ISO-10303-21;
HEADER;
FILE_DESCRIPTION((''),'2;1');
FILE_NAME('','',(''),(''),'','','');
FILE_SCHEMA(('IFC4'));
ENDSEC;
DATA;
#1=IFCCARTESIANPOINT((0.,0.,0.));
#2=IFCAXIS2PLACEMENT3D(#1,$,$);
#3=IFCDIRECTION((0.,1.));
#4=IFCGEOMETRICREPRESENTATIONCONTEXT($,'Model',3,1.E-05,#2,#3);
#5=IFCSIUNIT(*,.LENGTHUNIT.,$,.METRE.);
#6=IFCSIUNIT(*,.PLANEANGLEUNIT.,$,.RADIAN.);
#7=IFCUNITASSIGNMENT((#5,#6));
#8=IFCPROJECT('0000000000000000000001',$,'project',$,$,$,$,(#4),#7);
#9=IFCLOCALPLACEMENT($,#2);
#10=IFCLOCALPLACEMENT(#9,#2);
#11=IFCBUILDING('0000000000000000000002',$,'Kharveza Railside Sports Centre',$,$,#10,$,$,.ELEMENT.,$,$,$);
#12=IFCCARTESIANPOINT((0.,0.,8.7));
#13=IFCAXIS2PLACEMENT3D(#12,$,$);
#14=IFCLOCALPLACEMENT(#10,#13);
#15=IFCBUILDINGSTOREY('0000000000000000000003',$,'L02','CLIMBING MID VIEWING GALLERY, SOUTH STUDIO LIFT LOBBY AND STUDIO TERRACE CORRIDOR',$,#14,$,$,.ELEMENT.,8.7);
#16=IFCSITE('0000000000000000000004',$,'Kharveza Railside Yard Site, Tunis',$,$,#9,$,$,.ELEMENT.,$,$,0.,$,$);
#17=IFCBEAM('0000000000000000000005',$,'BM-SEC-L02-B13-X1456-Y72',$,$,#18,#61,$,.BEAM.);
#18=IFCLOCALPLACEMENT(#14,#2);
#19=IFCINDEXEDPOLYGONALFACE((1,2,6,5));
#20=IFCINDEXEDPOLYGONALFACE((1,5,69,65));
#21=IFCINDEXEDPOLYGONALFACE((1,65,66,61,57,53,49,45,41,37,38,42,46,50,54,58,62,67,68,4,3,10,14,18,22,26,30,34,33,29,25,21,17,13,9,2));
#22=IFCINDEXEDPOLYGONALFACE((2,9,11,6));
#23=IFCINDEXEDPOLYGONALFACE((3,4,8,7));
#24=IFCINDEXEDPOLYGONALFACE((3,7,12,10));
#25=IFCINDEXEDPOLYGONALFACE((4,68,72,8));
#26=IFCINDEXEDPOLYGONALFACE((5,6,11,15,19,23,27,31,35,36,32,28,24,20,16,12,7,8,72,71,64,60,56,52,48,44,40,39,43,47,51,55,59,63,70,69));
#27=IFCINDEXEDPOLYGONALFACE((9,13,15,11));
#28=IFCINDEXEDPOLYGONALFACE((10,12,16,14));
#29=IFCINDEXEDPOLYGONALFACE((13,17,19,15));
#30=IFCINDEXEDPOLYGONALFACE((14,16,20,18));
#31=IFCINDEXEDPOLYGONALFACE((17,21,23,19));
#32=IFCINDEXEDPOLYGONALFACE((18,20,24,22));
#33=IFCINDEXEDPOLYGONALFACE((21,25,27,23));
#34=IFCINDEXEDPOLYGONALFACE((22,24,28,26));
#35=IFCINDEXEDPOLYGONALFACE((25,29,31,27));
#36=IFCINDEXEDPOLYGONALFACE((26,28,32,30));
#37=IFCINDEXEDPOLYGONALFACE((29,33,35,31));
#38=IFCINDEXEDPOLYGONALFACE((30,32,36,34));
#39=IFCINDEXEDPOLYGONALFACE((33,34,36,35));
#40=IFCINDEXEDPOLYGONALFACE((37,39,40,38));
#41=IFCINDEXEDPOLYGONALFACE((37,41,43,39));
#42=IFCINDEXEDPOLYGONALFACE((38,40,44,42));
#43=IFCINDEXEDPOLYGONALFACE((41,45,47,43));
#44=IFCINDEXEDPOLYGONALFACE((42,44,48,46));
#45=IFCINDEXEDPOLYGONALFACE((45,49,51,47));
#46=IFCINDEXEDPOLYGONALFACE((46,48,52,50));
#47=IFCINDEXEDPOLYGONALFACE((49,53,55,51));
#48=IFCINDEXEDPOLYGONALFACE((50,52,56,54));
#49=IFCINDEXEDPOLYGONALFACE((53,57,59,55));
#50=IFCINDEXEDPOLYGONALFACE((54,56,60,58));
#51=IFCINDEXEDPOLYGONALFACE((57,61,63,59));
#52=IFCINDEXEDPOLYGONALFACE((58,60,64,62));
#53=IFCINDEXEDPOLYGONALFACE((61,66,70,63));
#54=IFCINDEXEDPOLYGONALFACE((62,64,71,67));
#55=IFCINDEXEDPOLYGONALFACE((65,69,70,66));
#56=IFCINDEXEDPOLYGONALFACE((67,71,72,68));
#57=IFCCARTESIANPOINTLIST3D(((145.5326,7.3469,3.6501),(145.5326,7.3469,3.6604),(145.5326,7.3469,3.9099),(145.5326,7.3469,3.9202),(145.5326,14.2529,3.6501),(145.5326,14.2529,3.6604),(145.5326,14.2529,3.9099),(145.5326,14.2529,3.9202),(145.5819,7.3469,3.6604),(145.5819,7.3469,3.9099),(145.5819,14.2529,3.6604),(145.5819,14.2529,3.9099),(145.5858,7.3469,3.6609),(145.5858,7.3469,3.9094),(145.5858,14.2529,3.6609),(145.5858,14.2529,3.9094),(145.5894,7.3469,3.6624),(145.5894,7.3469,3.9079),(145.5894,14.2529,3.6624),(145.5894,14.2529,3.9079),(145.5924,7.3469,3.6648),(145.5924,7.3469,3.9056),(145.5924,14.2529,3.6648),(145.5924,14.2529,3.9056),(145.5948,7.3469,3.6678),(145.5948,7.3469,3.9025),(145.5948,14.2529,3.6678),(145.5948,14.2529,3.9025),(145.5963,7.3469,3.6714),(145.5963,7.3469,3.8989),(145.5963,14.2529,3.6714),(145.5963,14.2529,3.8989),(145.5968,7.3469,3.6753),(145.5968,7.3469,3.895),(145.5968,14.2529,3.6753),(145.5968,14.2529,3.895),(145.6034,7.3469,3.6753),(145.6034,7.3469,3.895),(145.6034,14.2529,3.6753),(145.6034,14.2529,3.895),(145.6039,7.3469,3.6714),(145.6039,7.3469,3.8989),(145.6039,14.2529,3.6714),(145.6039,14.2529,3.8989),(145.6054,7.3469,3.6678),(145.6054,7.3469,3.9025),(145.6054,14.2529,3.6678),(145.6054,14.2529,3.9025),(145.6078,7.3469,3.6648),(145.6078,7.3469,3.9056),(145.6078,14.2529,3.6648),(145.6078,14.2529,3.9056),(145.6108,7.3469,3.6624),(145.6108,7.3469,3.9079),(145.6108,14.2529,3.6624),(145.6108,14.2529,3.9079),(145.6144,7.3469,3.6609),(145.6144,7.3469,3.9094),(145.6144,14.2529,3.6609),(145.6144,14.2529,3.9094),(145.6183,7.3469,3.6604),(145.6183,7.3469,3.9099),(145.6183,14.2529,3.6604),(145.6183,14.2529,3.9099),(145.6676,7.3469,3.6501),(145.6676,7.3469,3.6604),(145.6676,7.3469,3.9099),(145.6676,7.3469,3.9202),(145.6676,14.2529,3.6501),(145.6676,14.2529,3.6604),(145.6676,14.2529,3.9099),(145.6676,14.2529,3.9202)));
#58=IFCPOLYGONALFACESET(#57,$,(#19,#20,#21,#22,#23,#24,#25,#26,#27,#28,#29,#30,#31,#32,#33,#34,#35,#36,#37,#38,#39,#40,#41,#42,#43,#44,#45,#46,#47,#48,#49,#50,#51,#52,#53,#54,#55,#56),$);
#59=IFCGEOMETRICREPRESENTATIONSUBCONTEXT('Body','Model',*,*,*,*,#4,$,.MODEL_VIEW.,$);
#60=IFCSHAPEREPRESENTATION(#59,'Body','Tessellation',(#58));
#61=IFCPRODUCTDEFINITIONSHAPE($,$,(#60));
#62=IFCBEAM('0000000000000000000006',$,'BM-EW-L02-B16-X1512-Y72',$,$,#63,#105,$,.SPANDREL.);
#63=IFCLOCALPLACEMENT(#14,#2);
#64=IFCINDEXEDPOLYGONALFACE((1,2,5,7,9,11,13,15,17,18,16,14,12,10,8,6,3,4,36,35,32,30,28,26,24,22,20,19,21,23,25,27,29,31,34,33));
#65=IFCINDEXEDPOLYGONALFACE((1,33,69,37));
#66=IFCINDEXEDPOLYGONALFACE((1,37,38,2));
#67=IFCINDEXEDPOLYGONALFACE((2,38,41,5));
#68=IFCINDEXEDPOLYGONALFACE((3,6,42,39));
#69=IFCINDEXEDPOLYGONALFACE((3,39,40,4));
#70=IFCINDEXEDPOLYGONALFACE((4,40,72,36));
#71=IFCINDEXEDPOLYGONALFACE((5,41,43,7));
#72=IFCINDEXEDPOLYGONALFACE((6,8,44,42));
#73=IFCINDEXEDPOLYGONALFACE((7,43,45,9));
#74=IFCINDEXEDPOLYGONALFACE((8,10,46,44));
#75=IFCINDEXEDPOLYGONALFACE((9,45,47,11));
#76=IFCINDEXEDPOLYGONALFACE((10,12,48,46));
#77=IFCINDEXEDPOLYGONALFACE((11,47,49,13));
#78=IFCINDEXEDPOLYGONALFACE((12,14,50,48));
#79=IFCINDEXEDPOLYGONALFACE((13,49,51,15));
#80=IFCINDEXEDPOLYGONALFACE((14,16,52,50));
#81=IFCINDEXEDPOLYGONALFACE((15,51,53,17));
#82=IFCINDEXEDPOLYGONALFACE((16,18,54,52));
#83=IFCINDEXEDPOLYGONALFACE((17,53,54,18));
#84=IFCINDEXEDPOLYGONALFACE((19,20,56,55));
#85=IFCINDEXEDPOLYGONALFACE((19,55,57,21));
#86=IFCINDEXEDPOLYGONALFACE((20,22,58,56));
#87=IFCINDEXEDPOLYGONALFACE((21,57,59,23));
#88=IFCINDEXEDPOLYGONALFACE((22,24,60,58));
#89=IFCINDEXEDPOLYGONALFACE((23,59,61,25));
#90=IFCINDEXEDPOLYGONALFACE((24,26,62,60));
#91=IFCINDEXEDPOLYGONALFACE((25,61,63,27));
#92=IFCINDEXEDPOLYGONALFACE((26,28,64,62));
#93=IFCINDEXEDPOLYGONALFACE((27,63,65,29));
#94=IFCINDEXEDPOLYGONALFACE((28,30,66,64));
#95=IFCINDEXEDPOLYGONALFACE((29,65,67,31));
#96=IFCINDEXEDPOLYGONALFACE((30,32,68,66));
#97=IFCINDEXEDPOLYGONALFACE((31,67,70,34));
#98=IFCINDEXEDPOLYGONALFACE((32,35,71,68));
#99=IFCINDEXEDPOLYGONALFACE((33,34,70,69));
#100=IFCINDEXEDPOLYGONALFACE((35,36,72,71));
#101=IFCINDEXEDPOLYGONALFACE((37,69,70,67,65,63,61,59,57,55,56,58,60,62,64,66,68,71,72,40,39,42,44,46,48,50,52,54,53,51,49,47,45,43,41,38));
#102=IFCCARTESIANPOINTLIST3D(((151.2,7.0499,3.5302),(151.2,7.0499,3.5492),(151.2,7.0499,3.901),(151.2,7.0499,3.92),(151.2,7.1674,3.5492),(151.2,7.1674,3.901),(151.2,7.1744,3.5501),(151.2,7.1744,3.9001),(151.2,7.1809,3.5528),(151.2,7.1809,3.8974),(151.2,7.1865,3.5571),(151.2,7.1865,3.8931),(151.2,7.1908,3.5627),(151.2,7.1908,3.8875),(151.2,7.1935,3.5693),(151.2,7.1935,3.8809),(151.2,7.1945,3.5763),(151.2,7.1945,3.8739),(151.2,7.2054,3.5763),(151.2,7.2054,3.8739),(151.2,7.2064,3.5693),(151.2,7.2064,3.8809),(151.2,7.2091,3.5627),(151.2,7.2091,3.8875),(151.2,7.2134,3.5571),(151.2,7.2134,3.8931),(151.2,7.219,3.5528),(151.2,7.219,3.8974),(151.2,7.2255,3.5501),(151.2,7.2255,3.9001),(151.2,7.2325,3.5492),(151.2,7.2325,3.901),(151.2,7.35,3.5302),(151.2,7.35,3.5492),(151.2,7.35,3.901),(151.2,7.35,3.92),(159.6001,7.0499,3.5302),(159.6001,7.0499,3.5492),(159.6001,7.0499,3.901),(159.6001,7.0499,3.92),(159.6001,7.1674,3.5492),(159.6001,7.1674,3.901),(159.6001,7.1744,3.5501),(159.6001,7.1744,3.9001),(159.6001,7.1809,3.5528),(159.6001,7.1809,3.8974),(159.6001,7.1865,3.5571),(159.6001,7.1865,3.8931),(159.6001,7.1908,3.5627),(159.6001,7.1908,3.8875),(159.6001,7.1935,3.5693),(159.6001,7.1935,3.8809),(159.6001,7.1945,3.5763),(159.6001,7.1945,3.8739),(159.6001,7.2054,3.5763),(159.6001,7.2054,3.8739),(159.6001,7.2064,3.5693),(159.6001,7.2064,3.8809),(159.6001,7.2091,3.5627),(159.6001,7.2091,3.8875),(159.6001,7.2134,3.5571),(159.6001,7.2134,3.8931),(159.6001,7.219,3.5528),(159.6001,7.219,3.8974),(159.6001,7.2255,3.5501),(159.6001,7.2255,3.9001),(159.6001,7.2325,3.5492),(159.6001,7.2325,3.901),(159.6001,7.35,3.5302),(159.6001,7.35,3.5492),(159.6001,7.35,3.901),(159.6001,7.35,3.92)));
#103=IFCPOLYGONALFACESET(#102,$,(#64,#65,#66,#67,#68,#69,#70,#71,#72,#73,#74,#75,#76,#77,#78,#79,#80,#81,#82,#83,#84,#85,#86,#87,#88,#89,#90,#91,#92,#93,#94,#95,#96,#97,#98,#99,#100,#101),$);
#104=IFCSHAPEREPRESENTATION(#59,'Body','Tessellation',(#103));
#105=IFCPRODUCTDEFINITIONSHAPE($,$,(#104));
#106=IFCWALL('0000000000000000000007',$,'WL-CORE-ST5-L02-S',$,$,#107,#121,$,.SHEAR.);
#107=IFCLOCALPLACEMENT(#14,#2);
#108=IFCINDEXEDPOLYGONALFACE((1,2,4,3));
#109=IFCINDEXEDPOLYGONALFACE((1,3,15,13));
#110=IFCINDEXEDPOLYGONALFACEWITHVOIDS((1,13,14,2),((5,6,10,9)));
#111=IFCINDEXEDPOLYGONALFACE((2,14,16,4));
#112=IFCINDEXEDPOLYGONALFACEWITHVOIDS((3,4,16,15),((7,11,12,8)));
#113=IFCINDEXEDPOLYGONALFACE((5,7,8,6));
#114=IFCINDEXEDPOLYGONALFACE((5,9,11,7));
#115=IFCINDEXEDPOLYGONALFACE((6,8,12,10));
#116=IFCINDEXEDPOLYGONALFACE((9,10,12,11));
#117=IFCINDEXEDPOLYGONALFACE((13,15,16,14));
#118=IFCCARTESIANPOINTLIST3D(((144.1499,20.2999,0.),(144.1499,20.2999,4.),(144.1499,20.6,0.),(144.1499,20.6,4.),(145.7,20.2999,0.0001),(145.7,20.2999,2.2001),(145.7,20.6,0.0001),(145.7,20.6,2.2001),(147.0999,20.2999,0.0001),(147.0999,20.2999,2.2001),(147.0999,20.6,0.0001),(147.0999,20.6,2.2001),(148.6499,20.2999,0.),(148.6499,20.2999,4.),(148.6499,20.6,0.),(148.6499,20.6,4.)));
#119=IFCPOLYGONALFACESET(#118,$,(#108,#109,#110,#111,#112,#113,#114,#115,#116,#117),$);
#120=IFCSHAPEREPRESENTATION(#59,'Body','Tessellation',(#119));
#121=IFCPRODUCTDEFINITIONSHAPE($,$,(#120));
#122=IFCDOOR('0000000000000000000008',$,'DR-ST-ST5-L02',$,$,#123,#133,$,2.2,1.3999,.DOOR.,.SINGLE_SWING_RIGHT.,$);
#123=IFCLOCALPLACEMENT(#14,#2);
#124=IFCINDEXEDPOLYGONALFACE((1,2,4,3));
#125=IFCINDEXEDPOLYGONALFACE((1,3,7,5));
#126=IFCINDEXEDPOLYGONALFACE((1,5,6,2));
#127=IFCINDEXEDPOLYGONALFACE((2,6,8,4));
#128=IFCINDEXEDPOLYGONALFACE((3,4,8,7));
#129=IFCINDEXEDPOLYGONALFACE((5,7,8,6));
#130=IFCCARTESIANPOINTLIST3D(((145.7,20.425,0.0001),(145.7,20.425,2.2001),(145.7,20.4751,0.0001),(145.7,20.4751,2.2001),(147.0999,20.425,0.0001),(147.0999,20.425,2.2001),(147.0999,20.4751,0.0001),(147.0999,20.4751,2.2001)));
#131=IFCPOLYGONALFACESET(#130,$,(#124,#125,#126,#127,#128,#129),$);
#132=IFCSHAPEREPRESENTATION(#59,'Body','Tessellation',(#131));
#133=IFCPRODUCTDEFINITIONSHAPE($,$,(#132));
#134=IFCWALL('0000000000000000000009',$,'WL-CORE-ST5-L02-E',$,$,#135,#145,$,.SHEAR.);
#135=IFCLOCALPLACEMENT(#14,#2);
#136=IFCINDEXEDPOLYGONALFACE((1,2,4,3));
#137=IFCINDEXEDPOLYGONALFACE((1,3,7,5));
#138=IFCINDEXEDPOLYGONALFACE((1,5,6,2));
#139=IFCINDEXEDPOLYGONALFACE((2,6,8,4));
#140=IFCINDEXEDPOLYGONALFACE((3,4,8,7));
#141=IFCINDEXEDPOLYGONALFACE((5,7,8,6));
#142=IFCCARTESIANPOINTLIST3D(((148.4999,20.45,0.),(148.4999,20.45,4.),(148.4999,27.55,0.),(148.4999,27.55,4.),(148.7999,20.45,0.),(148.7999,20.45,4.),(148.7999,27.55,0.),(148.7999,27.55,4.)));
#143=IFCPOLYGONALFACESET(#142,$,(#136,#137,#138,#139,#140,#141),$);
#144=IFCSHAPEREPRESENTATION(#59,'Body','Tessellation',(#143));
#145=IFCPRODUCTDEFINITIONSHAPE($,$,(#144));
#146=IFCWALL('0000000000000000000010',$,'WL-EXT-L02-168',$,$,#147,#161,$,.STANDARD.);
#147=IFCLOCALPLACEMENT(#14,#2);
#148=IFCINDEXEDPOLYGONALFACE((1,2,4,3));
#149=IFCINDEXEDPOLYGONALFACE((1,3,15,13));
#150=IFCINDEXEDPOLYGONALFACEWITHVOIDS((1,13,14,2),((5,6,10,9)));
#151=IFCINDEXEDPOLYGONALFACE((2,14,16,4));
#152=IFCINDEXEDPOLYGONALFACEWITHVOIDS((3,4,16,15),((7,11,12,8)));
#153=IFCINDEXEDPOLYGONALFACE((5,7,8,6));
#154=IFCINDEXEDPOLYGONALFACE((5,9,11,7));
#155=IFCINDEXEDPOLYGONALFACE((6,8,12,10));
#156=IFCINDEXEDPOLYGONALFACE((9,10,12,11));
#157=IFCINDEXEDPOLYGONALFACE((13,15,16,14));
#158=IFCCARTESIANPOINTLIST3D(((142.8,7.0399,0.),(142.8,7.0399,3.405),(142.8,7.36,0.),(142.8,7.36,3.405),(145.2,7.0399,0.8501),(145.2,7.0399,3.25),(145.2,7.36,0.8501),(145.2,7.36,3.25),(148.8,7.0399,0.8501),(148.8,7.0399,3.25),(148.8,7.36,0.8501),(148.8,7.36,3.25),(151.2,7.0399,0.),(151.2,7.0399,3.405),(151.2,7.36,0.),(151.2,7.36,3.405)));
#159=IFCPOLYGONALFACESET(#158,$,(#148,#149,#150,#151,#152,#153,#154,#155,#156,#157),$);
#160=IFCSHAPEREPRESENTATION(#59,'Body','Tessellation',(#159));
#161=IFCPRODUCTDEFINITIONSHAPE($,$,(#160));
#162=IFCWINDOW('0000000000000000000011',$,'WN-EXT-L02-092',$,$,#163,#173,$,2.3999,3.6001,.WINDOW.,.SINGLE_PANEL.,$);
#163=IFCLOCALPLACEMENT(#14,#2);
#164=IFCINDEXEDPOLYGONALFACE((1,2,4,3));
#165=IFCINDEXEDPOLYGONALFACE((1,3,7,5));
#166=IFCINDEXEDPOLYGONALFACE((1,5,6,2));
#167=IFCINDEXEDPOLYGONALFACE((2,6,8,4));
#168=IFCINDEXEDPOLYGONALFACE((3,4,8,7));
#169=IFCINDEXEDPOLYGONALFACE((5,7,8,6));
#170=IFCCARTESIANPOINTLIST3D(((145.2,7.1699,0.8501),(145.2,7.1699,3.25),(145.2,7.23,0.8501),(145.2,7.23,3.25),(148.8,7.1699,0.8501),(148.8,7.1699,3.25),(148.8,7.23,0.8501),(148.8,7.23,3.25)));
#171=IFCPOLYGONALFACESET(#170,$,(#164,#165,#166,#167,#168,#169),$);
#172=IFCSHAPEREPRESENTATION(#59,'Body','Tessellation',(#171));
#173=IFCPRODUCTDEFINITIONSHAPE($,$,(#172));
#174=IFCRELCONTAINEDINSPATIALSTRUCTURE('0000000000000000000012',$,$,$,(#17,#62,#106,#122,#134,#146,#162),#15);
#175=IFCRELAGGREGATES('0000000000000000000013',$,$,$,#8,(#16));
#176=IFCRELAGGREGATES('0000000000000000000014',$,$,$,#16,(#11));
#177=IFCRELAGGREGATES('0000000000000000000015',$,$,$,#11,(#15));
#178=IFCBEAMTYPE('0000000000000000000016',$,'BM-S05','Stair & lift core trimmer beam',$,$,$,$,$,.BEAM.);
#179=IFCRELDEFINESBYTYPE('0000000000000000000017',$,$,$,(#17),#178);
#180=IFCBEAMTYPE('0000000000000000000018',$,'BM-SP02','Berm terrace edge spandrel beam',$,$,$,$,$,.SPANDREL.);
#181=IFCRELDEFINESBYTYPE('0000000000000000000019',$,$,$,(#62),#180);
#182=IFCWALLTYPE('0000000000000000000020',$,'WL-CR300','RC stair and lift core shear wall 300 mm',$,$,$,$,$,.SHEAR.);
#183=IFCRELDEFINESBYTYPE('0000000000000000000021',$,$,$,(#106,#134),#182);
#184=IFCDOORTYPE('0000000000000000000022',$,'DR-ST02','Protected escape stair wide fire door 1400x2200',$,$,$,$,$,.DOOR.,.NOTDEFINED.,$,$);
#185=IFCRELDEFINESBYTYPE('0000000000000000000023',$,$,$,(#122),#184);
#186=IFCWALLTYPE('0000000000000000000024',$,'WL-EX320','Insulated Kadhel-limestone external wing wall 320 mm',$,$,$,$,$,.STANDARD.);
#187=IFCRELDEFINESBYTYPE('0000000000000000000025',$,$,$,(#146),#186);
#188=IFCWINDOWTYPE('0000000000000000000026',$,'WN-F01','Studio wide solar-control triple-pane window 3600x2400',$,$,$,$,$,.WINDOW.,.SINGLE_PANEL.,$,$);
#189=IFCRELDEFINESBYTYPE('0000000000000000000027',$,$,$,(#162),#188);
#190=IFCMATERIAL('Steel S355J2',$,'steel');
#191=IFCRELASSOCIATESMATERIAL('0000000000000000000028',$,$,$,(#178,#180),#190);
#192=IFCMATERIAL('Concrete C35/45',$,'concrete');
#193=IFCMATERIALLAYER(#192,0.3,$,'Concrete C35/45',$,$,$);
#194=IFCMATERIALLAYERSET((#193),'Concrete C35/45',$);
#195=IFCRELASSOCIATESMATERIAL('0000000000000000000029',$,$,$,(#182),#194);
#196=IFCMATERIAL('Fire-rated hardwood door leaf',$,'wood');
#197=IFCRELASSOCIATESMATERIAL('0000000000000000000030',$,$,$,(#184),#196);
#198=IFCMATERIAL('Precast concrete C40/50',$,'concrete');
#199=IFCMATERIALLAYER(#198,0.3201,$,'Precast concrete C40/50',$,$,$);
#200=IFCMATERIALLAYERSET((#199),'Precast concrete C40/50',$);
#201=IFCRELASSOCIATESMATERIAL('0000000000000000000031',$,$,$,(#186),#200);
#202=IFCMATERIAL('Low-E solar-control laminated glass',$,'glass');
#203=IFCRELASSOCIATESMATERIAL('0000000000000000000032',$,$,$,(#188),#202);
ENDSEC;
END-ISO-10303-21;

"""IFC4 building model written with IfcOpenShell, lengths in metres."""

from ifc_helpers import new_model, si_unit, direction, frame, frame_2d, origin, origin_2d, place, context, subcontext, project, spatial, rectangle, i_section, extrude, material, layer, layer_set, material_profile, profile_set, type_object, element, fill, save


model = new_model("IFC4")

# Units and contexts
model_context = context("Model", 3, precision=1e-05, world=origin(), true_north=direction((0.0, 1.0)))
body_context = subcontext(model_context, "Body", "Model", "MODEL_VIEW")
ifc_project = project(units=[si_unit("LENGTHUNIT", "METRE"), si_unit("PLANEANGLEUNIT", "RADIAN")], contexts=[model_context])

# Site, building, storey
site_placement = place(None, origin())
site = spatial("IfcSite", under=ifc_project, at=site_placement, Name="Kharveza Railside Yard Site, Tunis", CompositionType="ELEMENT", RefElevation=0.0)
building_placement = place(site_placement, origin())
building = spatial("IfcBuilding", under=site, at=building_placement, Name="Kharveza Railside Sports Centre", CompositionType="ELEMENT")
storey_placement = place(building_placement, frame((0.0, 0.0, 8.7)))
storey = spatial("IfcBuildingStorey", under=building, at=storey_placement, Name="L02", Description="CLIMBING MID VIEWING GALLERY, SOUTH STUDIO LIFT LOBBY AND STUDIO TERRACE CORRIDOR", CompositionType="ELEMENT", Elevation=8.7)

# Shared definitions
ifc_material_1 = material(Name="Steel S355J2", Category="steel")

# Beams
ifc_material_profile_1 = material_profile(ifc_material_1, i_section(OverallWidth=0.135, OverallDepth=0.27, WebThickness=0.0066, FlangeThickness=0.0103, FilletRadius=0.0149, at=origin_2d()), Name="IPE 270")
ifc_profile_set_1 = profile_set([ifc_material_profile_1], Name="Steel S355J2")
beam_type_1 = type_object("IfcBeamType", Name="BM-S05", Description="Stair & lift core trimmer beam", PredefinedType="BEAM", material=ifc_profile_set_1)
beam_1_placement = place(storey_placement, frame((145.6001, 7.3469, 3.7852), z_axis=(0.0, 1.0, 0.0), x_axis=(-1.0, 0.0, 0.0)))
element("IfcBeam", 1, at=beam_1_placement, inside=storey, type_object=beam_type_1, Name="BM-SEC-L02-B13-X1456-Y72", PredefinedType="BEAM", context=body_context, shape_type="SweptSolid", body=[
    extrude(i_section(OverallWidth=0.135, OverallDepth=0.27, WebThickness=0.0066, FlangeThickness=0.0103, FilletRadius=0.0149, at=origin_2d()), origin(), (0.0, 0.0, 1.0), 6.906),
])
ifc_material_profile_2 = material_profile(ifc_material_1, i_section(OverallWidth=0.3, OverallDepth=0.3899, WebThickness=0.011, FlangeThickness=0.019, FilletRadius=0.0271, at=origin_2d()), Name="HEA 400")
ifc_profile_set_2 = profile_set([ifc_material_profile_2], Name="Steel S355J2")
beam_type_2 = type_object("IfcBeamType", Name="BM-SP02", Description="Berm terrace edge spandrel beam", PredefinedType="SPANDREL", material=ifc_profile_set_2)
beam_2_placement = place(storey_placement, frame((151.2, 7.2, 3.7251), z_axis=(1.0, 0.0, 0.0), x_axis=(0.0, 1.0, 0.0)))
element("IfcBeam", 2, at=beam_2_placement, inside=storey, type_object=beam_type_2, Name="BM-EW-L02-B16-X1512-Y72", PredefinedType="SPANDREL", context=body_context, shape_type="SweptSolid", body=[
    extrude(i_section(OverallWidth=0.3, OverallDepth=0.3899, WebThickness=0.011, FlangeThickness=0.019, FilletRadius=0.0271, at=origin_2d()), origin(), (0.0, 0.0, 1.0), 8.4001),
])

# Wall, opening, door
ifc_material_2 = material(Name="Concrete C35/45", Category="concrete")
ifc_layer_1 = layer(ifc_material_2, 0.3, Name="Concrete C35/45")
ifc_layer_set_1 = layer_set([ifc_layer_1], Name="Concrete C35/45")
wall_type_1 = type_object("IfcWallType", Name="WL-CR300", Description="RC stair and lift core shear wall 300 mm", PredefinedType="SHEAR", material=ifc_layer_set_1)
wall_1_placement = place(storey_placement, frame((144.1499, 20.45, 0.0), z_axis=(0.0, 0.0, 1.0), x_axis=(1.0, 0.0, 0.0)))
wall_1 = element("IfcWall", 3, at=wall_1_placement, inside=storey, type_object=wall_type_1, Name="WL-CORE-ST5-L02-S", PredefinedType="SHEAR", context=body_context, shape_type="SweptSolid", body=[
    extrude(rectangle(XDim=4.5, YDim=0.3, at=frame_2d((2.25, 0.0))), origin(), (0.0, 0.0, 1.0), 4.0),
])
opening_1_placement = place(wall_1_placement, frame((1.55, 0.0, 0.0)))
opening_1 = element("IfcOpeningElement", 4, at=opening_1_placement, cuts=wall_1, PredefinedType="OPENING", context=body_context, shape_type="SweptSolid", body=[
    extrude(rectangle(XDim=1.3999, YDim=2.2, at=frame_2d((0.7, 1.1001))), frame((0.0, 0.1748, 0.0), z_axis=(0.0, -1.0, 0.0), x_axis=(1.0, 0.0, 0.0)), (0.0, 0.0, 1.0), 0.3499),
])
ifc_material_3 = material(Name="Fire-rated hardwood door leaf", Category="wood")
door_type = type_object("IfcDoorType", Name="DR-ST02", Description="Protected escape stair wide fire door 1400x2200", OperationType="NOTDEFINED", PredefinedType="DOOR", material=ifc_material_3)
door_placement = place(opening_1_placement, frame((1.3999, 0.0, 0.0), z_axis=(0.0, 0.0, 1.0), x_axis=(-1.0, 0.0, 0.0)))
door = element("IfcDoor", 5, at=door_placement, inside=storey, type_object=door_type, Name="DR-ST-ST5-L02", OperationType="SINGLE_SWING_RIGHT", OverallHeight=2.2, OverallWidth=1.3999, PredefinedType="DOOR", context=body_context, shape_type="SweptSolid", body=[
    extrude(rectangle(XDim=1.3999, YDim=2.2, at=frame_2d((0.7, 1.1001))), frame((0.0, 0.0249, 0.0), z_axis=(0.0, -1.0, 0.0), x_axis=(1.0, 0.0, 0.0)), (0.0, 0.0, 1.0), 0.05),
])
fill(opening_1, door)

# Wall
wall_2_placement = place(storey_placement, frame((148.6499, 20.45, 0.0), z_axis=(0.0, 0.0, 1.0), x_axis=(0.0, 1.0, 0.0)))
element("IfcWall", 6, at=wall_2_placement, inside=storey, type_object=wall_type_1, Name="WL-CORE-ST5-L02-E", PredefinedType="SHEAR", context=body_context, shape_type="SweptSolid", body=[
    extrude(rectangle(XDim=7.1001, YDim=0.3, at=frame_2d((3.55, 0.0))), origin(), (0.0, 0.0, 1.0), 4.0),
])

# Wall, opening, window
ifc_material_4 = material(Name="Precast concrete C40/50", Category="concrete")
ifc_layer_2 = layer(ifc_material_4, 0.3201, Name="Precast concrete C40/50")
ifc_layer_set_2 = layer_set([ifc_layer_2], Name="Precast concrete C40/50")
wall_type_2 = type_object("IfcWallType", Name="WL-EX320", Description="Insulated Kadhel-limestone external wing wall 320 mm", PredefinedType="STANDARD", material=ifc_layer_set_2)
wall_3_placement = place(storey_placement, frame((142.8, 7.2, 0.0), z_axis=(0.0, 0.0, 1.0), x_axis=(1.0, 0.0, 0.0)))
wall_3 = element("IfcWall", 7, at=wall_3_placement, inside=storey, type_object=wall_type_2, Name="WL-EXT-L02-168", PredefinedType="STANDARD", context=body_context, shape_type="SweptSolid", body=[
    extrude(rectangle(XDim=8.3999, YDim=0.3201, at=frame_2d((4.2, 0.0))), origin(), (0.0, 0.0, 1.0), 3.405),
])
opening_2_placement = place(wall_3_placement, frame((2.3999, 0.0, 0.8501)))
opening_2 = element("IfcOpeningElement", 8, at=opening_2_placement, cuts=wall_3, PredefinedType="OPENING", context=body_context, shape_type="SweptSolid", body=[
    extrude(rectangle(XDim=3.6001, YDim=2.3999, at=frame_2d((1.8, 1.2))), frame((0.0, 0.1851, 0.0), z_axis=(0.0, -1.0, 0.0), x_axis=(1.0, 0.0, 0.0)), (0.0, 0.0, 1.0), 0.3699),
])
ifc_material_5 = material(Name="Low-E solar-control laminated glass", Category="glass")
window_type_1 = type_object("IfcWindowType", Name="WN-F01", Description="Studio wide solar-control triple-pane window 3600x2400", PartitioningType="SINGLE_PANEL", PredefinedType="WINDOW", material=ifc_material_5)
window_1_placement = place(opening_2_placement, origin())
window_1 = element("IfcWindow", 9, at=window_1_placement, inside=storey, type_object=window_type_1, Name="WN-EXT-L02-092", OverallHeight=2.3999, OverallWidth=3.6001, PartitioningType="SINGLE_PANEL", PredefinedType="WINDOW", context=body_context, shape_type="SweptSolid", body=[
    extrude(rectangle(XDim=3.6001, YDim=2.3999, at=frame_2d((1.8, 1.2))), frame((0.0, 0.03, 0.0), z_axis=(0.0, -1.0, 0.0), x_axis=(1.0, 0.0, 0.0)), (0.0, 0.0, 1.0), 0.0601),
])
fill(opening_2, window_1)

save(model, "model.ifc")
